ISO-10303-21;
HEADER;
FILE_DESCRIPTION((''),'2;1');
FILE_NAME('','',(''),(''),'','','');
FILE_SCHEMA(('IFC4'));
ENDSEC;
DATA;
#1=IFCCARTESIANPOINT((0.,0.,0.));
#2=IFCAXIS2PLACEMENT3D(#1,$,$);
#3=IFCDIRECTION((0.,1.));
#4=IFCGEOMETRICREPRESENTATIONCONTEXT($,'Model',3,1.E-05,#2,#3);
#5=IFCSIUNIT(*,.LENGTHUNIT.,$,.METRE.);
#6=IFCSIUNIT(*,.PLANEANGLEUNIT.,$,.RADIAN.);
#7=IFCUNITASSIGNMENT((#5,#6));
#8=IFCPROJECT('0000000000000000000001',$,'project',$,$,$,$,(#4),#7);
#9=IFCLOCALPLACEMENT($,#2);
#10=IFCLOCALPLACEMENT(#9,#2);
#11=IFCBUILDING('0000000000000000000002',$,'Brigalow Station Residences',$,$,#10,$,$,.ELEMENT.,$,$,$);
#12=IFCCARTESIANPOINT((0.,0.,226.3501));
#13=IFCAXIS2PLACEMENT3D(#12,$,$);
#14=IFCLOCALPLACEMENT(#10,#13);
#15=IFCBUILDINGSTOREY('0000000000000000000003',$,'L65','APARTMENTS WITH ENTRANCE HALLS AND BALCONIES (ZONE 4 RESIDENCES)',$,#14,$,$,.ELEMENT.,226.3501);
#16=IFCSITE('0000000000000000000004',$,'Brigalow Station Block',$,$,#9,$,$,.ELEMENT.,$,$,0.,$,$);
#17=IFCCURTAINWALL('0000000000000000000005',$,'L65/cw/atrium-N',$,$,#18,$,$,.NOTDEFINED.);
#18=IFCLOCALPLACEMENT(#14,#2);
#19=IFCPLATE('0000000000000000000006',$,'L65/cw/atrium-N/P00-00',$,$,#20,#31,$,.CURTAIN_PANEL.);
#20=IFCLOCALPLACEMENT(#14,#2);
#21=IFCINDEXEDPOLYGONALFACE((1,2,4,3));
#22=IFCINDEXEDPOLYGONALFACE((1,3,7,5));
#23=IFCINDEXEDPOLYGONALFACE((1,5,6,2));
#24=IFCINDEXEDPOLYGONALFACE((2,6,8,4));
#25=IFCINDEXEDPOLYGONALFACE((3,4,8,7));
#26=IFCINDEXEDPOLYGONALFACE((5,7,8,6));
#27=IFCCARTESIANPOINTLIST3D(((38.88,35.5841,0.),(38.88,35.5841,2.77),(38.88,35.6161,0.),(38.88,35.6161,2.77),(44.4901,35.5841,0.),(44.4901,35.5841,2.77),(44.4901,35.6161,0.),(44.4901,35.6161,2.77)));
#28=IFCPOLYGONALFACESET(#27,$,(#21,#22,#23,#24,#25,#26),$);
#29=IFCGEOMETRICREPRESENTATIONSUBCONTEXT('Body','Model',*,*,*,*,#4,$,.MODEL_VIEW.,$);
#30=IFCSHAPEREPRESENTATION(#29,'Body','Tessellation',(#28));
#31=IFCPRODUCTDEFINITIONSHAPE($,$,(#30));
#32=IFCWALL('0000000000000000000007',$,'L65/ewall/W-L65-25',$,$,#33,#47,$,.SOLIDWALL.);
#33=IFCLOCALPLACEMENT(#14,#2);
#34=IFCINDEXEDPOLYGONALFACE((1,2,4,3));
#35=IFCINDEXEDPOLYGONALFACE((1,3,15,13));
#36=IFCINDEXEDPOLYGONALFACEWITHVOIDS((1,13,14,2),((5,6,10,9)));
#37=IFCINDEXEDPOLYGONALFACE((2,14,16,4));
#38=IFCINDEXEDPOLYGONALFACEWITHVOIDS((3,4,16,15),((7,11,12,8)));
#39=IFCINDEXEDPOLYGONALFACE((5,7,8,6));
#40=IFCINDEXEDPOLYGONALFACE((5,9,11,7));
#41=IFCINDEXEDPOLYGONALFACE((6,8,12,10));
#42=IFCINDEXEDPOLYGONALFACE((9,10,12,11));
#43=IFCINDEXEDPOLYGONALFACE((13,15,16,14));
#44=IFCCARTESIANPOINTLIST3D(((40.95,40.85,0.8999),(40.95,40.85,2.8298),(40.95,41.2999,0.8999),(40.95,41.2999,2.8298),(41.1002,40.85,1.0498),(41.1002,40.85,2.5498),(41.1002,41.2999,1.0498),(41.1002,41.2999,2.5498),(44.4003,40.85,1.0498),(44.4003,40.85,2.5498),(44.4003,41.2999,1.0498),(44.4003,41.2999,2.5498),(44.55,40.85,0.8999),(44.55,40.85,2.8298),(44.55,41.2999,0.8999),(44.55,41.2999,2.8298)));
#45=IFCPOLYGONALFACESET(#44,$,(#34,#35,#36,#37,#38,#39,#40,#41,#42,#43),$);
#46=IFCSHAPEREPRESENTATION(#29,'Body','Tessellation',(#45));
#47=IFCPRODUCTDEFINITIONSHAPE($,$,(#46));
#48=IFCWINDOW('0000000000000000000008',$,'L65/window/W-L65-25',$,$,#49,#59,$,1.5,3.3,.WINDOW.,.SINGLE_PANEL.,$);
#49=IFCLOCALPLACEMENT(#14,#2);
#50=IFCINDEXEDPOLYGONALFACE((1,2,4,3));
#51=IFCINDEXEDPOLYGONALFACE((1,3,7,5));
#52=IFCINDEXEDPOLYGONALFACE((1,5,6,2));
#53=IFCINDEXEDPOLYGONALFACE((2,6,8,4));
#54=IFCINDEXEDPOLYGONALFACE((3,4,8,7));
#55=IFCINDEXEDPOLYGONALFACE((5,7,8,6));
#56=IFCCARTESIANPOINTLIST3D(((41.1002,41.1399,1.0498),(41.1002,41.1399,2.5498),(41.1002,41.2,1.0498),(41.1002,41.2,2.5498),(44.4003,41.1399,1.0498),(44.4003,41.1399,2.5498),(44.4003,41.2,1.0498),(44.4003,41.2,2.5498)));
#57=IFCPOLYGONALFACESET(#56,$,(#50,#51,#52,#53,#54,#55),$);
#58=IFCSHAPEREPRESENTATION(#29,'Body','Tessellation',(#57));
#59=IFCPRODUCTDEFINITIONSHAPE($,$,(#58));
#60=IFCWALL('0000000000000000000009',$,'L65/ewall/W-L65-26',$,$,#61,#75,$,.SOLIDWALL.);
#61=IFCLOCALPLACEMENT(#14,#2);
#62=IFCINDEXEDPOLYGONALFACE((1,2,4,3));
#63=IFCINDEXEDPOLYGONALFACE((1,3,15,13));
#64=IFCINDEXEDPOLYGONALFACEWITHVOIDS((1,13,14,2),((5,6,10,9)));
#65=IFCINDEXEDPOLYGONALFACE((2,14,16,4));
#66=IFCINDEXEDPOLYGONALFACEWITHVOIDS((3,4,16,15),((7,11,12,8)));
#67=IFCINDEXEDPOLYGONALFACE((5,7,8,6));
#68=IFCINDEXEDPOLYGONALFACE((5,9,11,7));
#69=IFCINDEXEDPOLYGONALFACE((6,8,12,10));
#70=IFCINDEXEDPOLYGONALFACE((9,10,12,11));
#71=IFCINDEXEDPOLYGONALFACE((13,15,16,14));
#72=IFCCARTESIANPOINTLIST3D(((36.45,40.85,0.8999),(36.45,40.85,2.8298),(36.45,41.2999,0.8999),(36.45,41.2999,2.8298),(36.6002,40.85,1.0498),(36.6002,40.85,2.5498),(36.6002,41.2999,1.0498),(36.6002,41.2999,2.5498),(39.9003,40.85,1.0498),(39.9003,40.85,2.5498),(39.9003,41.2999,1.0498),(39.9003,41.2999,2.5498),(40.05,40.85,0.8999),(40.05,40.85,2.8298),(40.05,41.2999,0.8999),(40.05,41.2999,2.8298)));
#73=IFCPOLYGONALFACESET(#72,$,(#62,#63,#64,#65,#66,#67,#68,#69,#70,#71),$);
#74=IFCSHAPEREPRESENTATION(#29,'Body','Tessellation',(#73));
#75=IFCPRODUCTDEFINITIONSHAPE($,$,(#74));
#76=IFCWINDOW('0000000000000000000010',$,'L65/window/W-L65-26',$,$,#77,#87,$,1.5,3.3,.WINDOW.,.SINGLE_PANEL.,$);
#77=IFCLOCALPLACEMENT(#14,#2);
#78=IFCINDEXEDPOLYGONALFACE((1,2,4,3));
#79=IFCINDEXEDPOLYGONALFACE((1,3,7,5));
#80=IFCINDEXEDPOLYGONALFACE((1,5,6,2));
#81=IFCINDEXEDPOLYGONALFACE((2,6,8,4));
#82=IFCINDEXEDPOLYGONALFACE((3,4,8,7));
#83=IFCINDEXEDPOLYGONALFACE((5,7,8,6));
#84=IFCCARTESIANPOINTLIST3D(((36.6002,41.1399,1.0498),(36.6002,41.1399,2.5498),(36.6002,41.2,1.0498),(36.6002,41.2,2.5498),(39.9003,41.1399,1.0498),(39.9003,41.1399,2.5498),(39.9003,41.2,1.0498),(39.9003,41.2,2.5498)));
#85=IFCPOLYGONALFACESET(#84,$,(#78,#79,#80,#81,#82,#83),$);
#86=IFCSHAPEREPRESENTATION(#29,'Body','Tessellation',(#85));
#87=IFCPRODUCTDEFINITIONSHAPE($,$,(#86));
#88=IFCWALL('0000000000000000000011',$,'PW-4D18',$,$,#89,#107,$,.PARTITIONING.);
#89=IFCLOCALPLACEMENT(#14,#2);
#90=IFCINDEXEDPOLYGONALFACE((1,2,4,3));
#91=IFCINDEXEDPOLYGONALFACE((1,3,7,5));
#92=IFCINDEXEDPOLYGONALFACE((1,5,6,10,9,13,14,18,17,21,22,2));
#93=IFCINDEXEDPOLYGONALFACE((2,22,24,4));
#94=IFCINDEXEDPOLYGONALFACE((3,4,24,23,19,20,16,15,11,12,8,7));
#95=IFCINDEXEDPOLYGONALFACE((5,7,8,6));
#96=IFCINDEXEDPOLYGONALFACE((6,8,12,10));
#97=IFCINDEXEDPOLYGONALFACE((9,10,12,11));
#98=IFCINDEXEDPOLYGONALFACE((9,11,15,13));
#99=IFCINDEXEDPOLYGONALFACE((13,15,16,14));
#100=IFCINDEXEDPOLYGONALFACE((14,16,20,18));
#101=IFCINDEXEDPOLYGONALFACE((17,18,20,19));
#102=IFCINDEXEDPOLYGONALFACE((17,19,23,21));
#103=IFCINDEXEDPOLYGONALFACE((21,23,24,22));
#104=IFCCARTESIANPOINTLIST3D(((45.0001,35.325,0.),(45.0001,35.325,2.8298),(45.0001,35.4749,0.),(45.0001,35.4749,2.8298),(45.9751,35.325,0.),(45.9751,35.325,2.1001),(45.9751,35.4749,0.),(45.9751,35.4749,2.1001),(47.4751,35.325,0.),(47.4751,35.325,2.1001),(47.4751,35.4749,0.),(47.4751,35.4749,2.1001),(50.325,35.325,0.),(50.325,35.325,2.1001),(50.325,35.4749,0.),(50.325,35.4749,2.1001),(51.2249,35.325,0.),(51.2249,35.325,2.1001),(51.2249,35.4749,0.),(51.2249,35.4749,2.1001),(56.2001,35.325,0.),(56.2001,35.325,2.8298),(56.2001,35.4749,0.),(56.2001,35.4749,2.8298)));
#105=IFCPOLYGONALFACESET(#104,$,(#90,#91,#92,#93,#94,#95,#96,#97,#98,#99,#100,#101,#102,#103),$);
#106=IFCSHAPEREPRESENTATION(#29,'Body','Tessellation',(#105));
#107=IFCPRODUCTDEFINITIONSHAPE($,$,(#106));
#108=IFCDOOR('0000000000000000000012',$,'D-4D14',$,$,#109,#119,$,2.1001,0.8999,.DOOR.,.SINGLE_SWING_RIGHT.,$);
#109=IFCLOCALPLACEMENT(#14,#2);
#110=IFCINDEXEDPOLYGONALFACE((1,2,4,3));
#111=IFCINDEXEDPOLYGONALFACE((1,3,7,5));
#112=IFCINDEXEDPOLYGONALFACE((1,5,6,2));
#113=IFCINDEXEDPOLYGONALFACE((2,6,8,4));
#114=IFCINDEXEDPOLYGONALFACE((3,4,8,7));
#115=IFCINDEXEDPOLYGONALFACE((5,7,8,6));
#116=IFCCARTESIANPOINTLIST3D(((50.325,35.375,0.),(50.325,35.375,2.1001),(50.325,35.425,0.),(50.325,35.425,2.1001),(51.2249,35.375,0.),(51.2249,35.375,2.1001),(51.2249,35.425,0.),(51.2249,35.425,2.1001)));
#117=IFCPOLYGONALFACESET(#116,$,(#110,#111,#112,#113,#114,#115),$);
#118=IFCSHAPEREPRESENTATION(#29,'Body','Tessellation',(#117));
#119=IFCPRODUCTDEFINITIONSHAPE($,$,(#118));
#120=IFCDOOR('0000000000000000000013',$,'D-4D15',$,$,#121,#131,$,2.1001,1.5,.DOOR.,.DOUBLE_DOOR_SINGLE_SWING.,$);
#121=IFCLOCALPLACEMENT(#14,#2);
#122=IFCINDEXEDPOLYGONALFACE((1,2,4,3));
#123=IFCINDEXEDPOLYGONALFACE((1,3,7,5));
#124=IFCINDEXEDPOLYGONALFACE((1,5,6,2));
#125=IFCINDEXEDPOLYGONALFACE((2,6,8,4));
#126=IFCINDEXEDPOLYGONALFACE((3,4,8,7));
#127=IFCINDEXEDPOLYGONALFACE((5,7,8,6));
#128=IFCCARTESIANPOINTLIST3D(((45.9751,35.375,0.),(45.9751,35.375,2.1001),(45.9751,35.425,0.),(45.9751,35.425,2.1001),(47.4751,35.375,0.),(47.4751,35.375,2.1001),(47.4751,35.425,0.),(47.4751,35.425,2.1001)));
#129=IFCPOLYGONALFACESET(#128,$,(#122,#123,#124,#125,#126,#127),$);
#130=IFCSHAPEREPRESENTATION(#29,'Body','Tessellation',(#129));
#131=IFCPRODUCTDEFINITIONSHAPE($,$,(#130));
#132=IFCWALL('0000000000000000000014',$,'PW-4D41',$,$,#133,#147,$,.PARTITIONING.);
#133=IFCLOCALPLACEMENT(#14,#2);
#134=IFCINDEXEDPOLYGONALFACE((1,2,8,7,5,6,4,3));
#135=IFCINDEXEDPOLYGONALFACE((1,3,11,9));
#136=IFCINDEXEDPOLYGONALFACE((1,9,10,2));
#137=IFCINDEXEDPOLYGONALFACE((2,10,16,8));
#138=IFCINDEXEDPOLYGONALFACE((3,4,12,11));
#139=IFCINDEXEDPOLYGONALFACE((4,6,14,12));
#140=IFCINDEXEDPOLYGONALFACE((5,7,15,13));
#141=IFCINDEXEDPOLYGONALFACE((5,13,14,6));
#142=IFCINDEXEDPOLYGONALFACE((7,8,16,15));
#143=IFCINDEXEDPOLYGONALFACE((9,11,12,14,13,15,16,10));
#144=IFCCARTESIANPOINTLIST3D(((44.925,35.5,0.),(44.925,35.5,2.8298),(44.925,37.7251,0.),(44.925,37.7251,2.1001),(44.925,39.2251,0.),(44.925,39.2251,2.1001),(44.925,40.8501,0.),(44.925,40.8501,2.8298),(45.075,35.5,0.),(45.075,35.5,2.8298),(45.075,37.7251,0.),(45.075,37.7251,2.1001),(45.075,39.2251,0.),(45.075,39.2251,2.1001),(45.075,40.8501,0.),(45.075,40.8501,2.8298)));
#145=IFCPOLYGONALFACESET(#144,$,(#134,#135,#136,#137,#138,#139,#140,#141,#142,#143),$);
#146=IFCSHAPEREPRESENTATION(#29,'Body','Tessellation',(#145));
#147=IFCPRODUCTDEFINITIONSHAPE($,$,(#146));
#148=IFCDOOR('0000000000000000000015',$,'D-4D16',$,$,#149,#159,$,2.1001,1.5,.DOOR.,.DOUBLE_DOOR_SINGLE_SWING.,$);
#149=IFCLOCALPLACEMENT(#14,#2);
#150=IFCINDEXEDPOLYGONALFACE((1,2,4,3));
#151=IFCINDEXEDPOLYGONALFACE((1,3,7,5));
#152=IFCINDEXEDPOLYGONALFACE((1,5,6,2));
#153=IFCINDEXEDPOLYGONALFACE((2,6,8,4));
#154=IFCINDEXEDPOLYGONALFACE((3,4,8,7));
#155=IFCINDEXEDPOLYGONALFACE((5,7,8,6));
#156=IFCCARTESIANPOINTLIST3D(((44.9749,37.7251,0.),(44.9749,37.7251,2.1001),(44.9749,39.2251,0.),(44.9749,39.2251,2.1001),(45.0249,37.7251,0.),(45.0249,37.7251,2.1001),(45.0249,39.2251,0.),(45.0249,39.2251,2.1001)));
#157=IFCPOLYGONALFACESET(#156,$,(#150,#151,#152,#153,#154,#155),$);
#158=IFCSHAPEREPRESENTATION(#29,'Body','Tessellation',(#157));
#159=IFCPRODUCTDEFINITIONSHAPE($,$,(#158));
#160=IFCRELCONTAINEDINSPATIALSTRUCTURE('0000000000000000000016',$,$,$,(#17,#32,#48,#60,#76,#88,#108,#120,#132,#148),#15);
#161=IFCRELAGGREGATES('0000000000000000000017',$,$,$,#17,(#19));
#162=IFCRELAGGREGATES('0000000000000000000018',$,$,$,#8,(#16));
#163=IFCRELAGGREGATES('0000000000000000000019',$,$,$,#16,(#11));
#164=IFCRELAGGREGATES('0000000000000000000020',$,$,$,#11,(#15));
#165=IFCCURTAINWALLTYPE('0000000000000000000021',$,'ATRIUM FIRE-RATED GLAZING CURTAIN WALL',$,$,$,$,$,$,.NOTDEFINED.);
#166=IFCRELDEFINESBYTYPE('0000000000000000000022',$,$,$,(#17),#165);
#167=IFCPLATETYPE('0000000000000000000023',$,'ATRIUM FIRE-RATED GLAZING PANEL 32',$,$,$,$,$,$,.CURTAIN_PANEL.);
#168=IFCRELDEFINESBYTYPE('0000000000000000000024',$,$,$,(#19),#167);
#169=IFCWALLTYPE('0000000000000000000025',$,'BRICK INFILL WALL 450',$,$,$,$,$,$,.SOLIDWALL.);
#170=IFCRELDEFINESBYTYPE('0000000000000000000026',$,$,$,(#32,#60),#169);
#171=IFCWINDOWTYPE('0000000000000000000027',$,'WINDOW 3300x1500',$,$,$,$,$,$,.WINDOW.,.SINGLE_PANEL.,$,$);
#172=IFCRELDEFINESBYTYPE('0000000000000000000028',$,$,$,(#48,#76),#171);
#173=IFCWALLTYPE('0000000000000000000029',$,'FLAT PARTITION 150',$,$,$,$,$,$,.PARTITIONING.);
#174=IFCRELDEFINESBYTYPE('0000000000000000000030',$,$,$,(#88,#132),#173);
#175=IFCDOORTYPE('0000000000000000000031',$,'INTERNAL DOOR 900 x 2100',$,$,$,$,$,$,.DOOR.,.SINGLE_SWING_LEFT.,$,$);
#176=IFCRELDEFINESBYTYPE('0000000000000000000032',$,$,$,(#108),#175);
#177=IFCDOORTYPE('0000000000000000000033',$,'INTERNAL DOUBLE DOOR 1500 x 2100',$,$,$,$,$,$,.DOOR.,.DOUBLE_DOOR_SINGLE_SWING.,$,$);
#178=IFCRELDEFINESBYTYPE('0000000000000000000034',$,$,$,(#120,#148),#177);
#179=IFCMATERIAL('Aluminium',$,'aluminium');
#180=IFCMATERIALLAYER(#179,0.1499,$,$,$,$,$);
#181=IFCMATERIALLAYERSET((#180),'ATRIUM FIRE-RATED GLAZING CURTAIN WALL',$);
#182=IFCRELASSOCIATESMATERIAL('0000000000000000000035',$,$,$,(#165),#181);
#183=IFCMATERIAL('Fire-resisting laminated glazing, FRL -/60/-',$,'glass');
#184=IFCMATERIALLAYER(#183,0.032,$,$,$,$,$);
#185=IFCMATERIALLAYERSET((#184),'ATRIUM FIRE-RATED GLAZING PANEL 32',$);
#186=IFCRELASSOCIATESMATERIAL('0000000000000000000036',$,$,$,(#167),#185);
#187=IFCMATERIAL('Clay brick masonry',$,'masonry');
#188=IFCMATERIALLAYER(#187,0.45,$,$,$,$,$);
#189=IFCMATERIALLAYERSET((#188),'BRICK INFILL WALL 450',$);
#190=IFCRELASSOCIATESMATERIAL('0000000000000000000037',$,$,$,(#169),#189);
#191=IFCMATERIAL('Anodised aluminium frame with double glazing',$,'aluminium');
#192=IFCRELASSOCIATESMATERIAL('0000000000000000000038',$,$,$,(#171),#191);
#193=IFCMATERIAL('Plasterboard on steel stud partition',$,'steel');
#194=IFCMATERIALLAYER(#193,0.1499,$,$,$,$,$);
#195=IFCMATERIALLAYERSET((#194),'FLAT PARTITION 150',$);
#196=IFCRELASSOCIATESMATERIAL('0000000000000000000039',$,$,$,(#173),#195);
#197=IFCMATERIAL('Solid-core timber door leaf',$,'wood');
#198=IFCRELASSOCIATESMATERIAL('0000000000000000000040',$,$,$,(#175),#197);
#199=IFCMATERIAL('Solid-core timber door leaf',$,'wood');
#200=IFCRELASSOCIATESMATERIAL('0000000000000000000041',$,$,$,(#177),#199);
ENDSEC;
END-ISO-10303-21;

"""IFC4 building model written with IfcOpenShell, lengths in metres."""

from ifc_helpers import new_model, si_unit, direction, frame, frame_2d, origin, origin_2d, place, context, subcontext, project, spatial, rectangle, extrude, material, layer, layer_set, type_object, element, fill, aggregate, save


model = new_model("IFC4")

# Units and contexts
model_context = context("Model", 3, precision=1e-05, world=origin(), true_north=direction((0.0, 1.0)))
body_context = subcontext(model_context, "Body", "Model", "MODEL_VIEW")
ifc_project = project(units=[si_unit("LENGTHUNIT", "METRE"), si_unit("PLANEANGLEUNIT", "RADIAN")], contexts=[model_context])

# Site, building, storey
site_placement = place(None, origin())
site = spatial("IfcSite", under=ifc_project, at=site_placement, Name="Brigalow Station Block", CompositionType="ELEMENT", RefElevation=0.0)
building_placement = place(site_placement, origin())
building = spatial("IfcBuilding", under=site, at=building_placement, Name="Brigalow Station Residences", CompositionType="ELEMENT")
storey_placement = place(building_placement, frame((0.0, 0.0, 226.3501)))
storey = spatial("IfcBuildingStorey", under=building, at=storey_placement, Name="L65", Description="APARTMENTS WITH ENTRANCE HALLS AND BALCONIES (ZONE 4 RESIDENCES)", CompositionType="ELEMENT", Elevation=226.3501)

# Shared definitions
ifc_material_1 = material(Name="Aluminium", Category="aluminium")
ifc_layer_1 = layer(ifc_material_1, 0.1499)
ifc_layer_set_1 = layer_set([ifc_layer_1], Name="ATRIUM FIRE-RATED GLAZING CURTAIN WALL")
curtain_wall_type = type_object("IfcCurtainWallType", Name="ATRIUM FIRE-RATED GLAZING CURTAIN WALL", PredefinedType="NOTDEFINED", material=ifc_layer_set_1)

# Curtain wall
curtain_wall_1_placement = place(storey_placement, origin())
curtain_wall_1 = element("IfcCurtainWall", 1, at=curtain_wall_1_placement, inside=storey, type_object=curtain_wall_type, Name="L65/cw/atrium-N", PredefinedType="NOTDEFINED")

# Plate
ifc_material_2 = material(Name="Fire-resisting laminated glazing, FRL -/60/-", Category="glass")
ifc_layer_2 = layer(ifc_material_2, 0.032)
ifc_layer_set_2 = layer_set([ifc_layer_2], Name="ATRIUM FIRE-RATED GLAZING PANEL 32")
plate_type = type_object("IfcPlateType", Name="ATRIUM FIRE-RATED GLAZING PANEL 32", PredefinedType="CURTAIN_PANEL", material=ifc_layer_set_2)
plate_1_placement = place(storey_placement, frame((41.6851, 35.6001, 0.0), z_axis=(0.0, 0.0, 1.0), x_axis=(-1.0, 0.0, 0.0)))
plate_1 = element("IfcPlate", 2, at=plate_1_placement, type_object=plate_type, Name="L65/cw/atrium-N/P00-00", PredefinedType="CURTAIN_PANEL", context=body_context, shape_type="SweptSolid", body=[
    extrude(rectangle(XDim=5.6101, YDim=0.032, at=origin_2d()), origin(), (0.0, 0.0, 1.0), 2.77),
])
aggregate(curtain_wall_1, [plate_1])

# Walls, openings, windows
ifc_material_3 = material(Name="Clay brick masonry", Category="masonry")
ifc_layer_3 = layer(ifc_material_3, 0.45)
ifc_layer_set_3 = layer_set([ifc_layer_3], Name="BRICK INFILL WALL 450")
wall_type_1 = type_object("IfcWallType", Name="BRICK INFILL WALL 450", PredefinedType="SOLIDWALL", material=ifc_layer_set_3)
wall_1_placement = place(storey_placement, frame((44.55, 41.075, 0.8999), z_axis=(0.0, 0.0, 1.0), x_axis=(-1.0, 0.0, 0.0)))
wall_1 = element("IfcWall", 3, at=wall_1_placement, inside=storey, type_object=wall_type_1, Name="L65/ewall/W-L65-25", PredefinedType="SOLIDWALL", context=body_context, shape_type="SweptSolid", body=[
    extrude(rectangle(XDim=3.6001, YDim=0.45, at=frame_2d((1.8, 0.0))), origin(), (0.0, 0.0, 1.0), 1.9299),
])
opening_1_placement = place(wall_1_placement, frame((0.1499, 0.0, 0.1499)))
opening_1 = element("IfcOpeningElement", 4, at=opening_1_placement, cuts=wall_1, PredefinedType="OPENING", context=body_context, shape_type="SweptSolid", body=[
    extrude(rectangle(XDim=3.3, YDim=1.5, at=frame_2d((1.6499, 0.75))), frame((0.0, 0.2349, 0.0), z_axis=(0.0, -1.0, 0.0), x_axis=(1.0, 0.0, 0.0)), (0.0, 0.0, 1.0), 0.47),
])
ifc_material_4 = material(Name="Anodised aluminium frame with double glazing", Category="aluminium")
window_type = type_object("IfcWindowType", Name="WINDOW 3300x1500", PartitioningType="SINGLE_PANEL", PredefinedType="WINDOW", material=ifc_material_4)
window_1_placement = place(opening_1_placement, origin())
window_1 = element("IfcWindow", 5, at=window_1_placement, inside=storey, type_object=window_type, Name="L65/window/W-L65-25", OverallHeight=1.5, OverallWidth=3.3, PartitioningType="SINGLE_PANEL", PredefinedType="WINDOW", context=body_context, shape_type="SweptSolid", body=[
    extrude(rectangle(XDim=3.3, YDim=1.5, at=frame_2d((1.6499, 0.75))), frame((0.0, -0.0649, 0.0), z_axis=(0.0, -1.0, 0.0), x_axis=(1.0, 0.0, 0.0)), (0.0, 0.0, 1.0), 0.0601),
])
fill(opening_1, window_1)
wall_2_placement = place(storey_placement, frame((40.05, 41.075, 0.8999), z_axis=(0.0, 0.0, 1.0), x_axis=(-1.0, 0.0, 0.0)))
wall_2 = element("IfcWall", 6, at=wall_2_placement, inside=storey, type_object=wall_type_1, Name="L65/ewall/W-L65-26", PredefinedType="SOLIDWALL", context=body_context, shape_type="SweptSolid", body=[
    extrude(rectangle(XDim=3.6001, YDim=0.45, at=frame_2d((1.8, 0.0))), origin(), (0.0, 0.0, 1.0), 1.9299),
])
opening_2_placement = place(wall_2_placement, frame((0.1499, 0.0, 0.1499)))
opening_2 = element("IfcOpeningElement", 7, at=opening_2_placement, cuts=wall_2, PredefinedType="OPENING", context=body_context, shape_type="SweptSolid", body=[
    extrude(rectangle(XDim=3.3, YDim=1.5, at=frame_2d((1.6499, 0.75))), frame((0.0, 0.2349, 0.0), z_axis=(0.0, -1.0, 0.0), x_axis=(1.0, 0.0, 0.0)), (0.0, 0.0, 1.0), 0.47),
])
window_2_placement = place(opening_2_placement, origin())
window_2 = element("IfcWindow", 8, at=window_2_placement, inside=storey, type_object=window_type, Name="L65/window/W-L65-26", OverallHeight=1.5, OverallWidth=3.3, PartitioningType="SINGLE_PANEL", PredefinedType="WINDOW", context=body_context, shape_type="SweptSolid", body=[
    extrude(rectangle(XDim=3.3, YDim=1.5, at=frame_2d((1.6499, 0.75))), frame((0.0, -0.0649, 0.0), z_axis=(0.0, -1.0, 0.0), x_axis=(1.0, 0.0, 0.0)), (0.0, 0.0, 1.0), 0.0601),
])
fill(opening_2, window_2)

# Wall, openings, doors
ifc_material_5 = material(Name="Plasterboard on steel stud partition", Category="steel")
ifc_layer_4 = layer(ifc_material_5, 0.1499)
ifc_layer_set_4 = layer_set([ifc_layer_4], Name="FLAT PARTITION 150")
wall_type_2 = type_object("IfcWallType", Name="FLAT PARTITION 150", PredefinedType="PARTITIONING", material=ifc_layer_set_4)
wall_3_placement = place(storey_placement, frame((45.0, 35.3999, 0.0), z_axis=(0.0, 0.0, 1.0), x_axis=(1.0, 0.0, 0.0)))
wall_3 = element("IfcWall", 9, at=wall_3_placement, inside=storey, type_object=wall_type_2, Name="PW-4D18", PredefinedType="PARTITIONING", context=body_context, shape_type="SweptSolid", body=[
    extrude(rectangle(XDim=11.2, YDim=0.1499, at=frame_2d((5.6001, 0.0))), origin(), (0.0, 0.0, 1.0), 2.8298),
])
opening_3_placement = place(wall_3_placement, frame((5.325, 0.0, 0.0)))
opening_3 = element("IfcOpeningElement", 10, at=opening_3_placement, cuts=wall_3, PredefinedType="OPENING", context=body_context, shape_type="SweptSolid", body=[
    extrude(rectangle(XDim=0.8999, YDim=2.1001, at=frame_2d((0.45, 1.05))), frame((0.0, 0.085, 0.0), z_axis=(0.0, -1.0, 0.0), x_axis=(1.0, 0.0, 0.0)), (0.0, 0.0, 1.0), 0.1699),
])
opening_4_placement = place(wall_3_placement, frame((0.9751, 0.0, 0.0)))
opening_4 = element("IfcOpeningElement", 11, at=opening_4_placement, cuts=wall_3, PredefinedType="OPENING", context=body_context, shape_type="SweptSolid", body=[
    extrude(rectangle(XDim=1.5, YDim=2.1001, at=frame_2d((0.75, 1.05))), frame((0.0, 0.085, 0.0), z_axis=(0.0, -1.0, 0.0), x_axis=(1.0, 0.0, 0.0)), (0.0, 0.0, 1.0), 0.1699),
])
ifc_material_6 = material(Name="Solid-core timber door leaf", Category="wood")
door_type_1 = type_object("IfcDoorType", Name="INTERNAL DOOR 900 x 2100", OperationType="SINGLE_SWING_LEFT", PredefinedType="DOOR", material=ifc_material_6)
door_1_placement = place(opening_3_placement, frame((0.8999, 0.0, 0.0), z_axis=(0.0, 0.0, 1.0), x_axis=(-1.0, 0.0, 0.0)))
door_1 = element("IfcDoor", 12, at=door_1_placement, inside=storey, type_object=door_type_1, Name="D-4D14", OperationType="SINGLE_SWING_RIGHT", OverallHeight=2.1001, OverallWidth=0.8999, PredefinedType="DOOR", context=body_context, shape_type="SweptSolid", body=[
    extrude(rectangle(XDim=0.8999, YDim=2.1001, at=frame_2d((0.45, 1.05))), frame((0.0, 0.0249, 0.0), z_axis=(0.0, -1.0, 0.0), x_axis=(1.0, 0.0, 0.0)), (0.0, 0.0, 1.0), 0.05),
])
fill(opening_3, door_1)
ifc_material_7 = material(Name="Solid-core timber door leaf", Category="wood")
door_type_2 = type_object("IfcDoorType", Name="INTERNAL DOUBLE DOOR 1500 x 2100", OperationType="DOUBLE_DOOR_SINGLE_SWING", PredefinedType="DOOR", material=ifc_material_7)
door_2_placement = place(opening_4_placement, frame((1.5, 0.0, 0.0), z_axis=(0.0, 0.0, 1.0), x_axis=(-1.0, 0.0, 0.0)))
door_2 = element("IfcDoor", 13, at=door_2_placement, inside=storey, type_object=door_type_2, Name="D-4D15", OperationType="DOUBLE_DOOR_SINGLE_SWING", OverallHeight=2.1001, OverallWidth=1.5, PredefinedType="DOOR", context=body_context, shape_type="SweptSolid", body=[
    extrude(rectangle(XDim=1.5, YDim=2.1001, at=frame_2d((0.75, 1.05))), frame((0.0, 0.0249, 0.0), z_axis=(0.0, -1.0, 0.0), x_axis=(1.0, 0.0, 0.0)), (0.0, 0.0, 1.0), 0.05),
])
fill(opening_4, door_2)

# Wall, opening, door
wall_4_placement = place(storey_placement, frame((45.0, 35.5, 0.0), z_axis=(0.0, 0.0, 1.0), x_axis=(0.0, 1.0, 0.0)))
wall_4 = element("IfcWall", 14, at=wall_4_placement, inside=storey, type_object=wall_type_2, Name="PW-4D41", PredefinedType="PARTITIONING", context=body_context, shape_type="SweptSolid", body=[
    extrude(rectangle(XDim=5.3501, YDim=0.1499, at=frame_2d((2.675, 0.0))), origin(), (0.0, 0.0, 1.0), 2.8298),
])
opening_5_placement = place(wall_4_placement, frame((2.2251, 0.0, 0.0)))
opening_5 = element("IfcOpeningElement", 15, at=opening_5_placement, cuts=wall_4, PredefinedType="OPENING", context=body_context, shape_type="SweptSolid", body=[
    extrude(rectangle(XDim=1.5, YDim=2.1001, at=frame_2d((0.75, 1.05))), frame((0.0, 0.085, 0.0), z_axis=(0.0, -1.0, 0.0), x_axis=(1.0, 0.0, 0.0)), (0.0, 0.0, 1.0), 0.1699),
])
door_3_placement = place(opening_5_placement, frame((1.5, 0.0, 0.0), z_axis=(0.0, 0.0, 1.0), x_axis=(-1.0, 0.0, 0.0)))
door_3 = element("IfcDoor", 16, at=door_3_placement, inside=storey, type_object=door_type_2, Name="D-4D16", OperationType="DOUBLE_DOOR_SINGLE_SWING", OverallHeight=2.1001, OverallWidth=1.5, PredefinedType="DOOR", context=body_context, shape_type="SweptSolid", body=[
    extrude(rectangle(XDim=1.5, YDim=2.1001, at=frame_2d((0.75, 1.05))), frame((0.0, 0.0249, 0.0), z_axis=(0.0, -1.0, 0.0), x_axis=(1.0, 0.0, 0.0)), (0.0, 0.0, 1.0), 0.05),
])
fill(opening_5, door_3)

save(model, "model.ifc")
